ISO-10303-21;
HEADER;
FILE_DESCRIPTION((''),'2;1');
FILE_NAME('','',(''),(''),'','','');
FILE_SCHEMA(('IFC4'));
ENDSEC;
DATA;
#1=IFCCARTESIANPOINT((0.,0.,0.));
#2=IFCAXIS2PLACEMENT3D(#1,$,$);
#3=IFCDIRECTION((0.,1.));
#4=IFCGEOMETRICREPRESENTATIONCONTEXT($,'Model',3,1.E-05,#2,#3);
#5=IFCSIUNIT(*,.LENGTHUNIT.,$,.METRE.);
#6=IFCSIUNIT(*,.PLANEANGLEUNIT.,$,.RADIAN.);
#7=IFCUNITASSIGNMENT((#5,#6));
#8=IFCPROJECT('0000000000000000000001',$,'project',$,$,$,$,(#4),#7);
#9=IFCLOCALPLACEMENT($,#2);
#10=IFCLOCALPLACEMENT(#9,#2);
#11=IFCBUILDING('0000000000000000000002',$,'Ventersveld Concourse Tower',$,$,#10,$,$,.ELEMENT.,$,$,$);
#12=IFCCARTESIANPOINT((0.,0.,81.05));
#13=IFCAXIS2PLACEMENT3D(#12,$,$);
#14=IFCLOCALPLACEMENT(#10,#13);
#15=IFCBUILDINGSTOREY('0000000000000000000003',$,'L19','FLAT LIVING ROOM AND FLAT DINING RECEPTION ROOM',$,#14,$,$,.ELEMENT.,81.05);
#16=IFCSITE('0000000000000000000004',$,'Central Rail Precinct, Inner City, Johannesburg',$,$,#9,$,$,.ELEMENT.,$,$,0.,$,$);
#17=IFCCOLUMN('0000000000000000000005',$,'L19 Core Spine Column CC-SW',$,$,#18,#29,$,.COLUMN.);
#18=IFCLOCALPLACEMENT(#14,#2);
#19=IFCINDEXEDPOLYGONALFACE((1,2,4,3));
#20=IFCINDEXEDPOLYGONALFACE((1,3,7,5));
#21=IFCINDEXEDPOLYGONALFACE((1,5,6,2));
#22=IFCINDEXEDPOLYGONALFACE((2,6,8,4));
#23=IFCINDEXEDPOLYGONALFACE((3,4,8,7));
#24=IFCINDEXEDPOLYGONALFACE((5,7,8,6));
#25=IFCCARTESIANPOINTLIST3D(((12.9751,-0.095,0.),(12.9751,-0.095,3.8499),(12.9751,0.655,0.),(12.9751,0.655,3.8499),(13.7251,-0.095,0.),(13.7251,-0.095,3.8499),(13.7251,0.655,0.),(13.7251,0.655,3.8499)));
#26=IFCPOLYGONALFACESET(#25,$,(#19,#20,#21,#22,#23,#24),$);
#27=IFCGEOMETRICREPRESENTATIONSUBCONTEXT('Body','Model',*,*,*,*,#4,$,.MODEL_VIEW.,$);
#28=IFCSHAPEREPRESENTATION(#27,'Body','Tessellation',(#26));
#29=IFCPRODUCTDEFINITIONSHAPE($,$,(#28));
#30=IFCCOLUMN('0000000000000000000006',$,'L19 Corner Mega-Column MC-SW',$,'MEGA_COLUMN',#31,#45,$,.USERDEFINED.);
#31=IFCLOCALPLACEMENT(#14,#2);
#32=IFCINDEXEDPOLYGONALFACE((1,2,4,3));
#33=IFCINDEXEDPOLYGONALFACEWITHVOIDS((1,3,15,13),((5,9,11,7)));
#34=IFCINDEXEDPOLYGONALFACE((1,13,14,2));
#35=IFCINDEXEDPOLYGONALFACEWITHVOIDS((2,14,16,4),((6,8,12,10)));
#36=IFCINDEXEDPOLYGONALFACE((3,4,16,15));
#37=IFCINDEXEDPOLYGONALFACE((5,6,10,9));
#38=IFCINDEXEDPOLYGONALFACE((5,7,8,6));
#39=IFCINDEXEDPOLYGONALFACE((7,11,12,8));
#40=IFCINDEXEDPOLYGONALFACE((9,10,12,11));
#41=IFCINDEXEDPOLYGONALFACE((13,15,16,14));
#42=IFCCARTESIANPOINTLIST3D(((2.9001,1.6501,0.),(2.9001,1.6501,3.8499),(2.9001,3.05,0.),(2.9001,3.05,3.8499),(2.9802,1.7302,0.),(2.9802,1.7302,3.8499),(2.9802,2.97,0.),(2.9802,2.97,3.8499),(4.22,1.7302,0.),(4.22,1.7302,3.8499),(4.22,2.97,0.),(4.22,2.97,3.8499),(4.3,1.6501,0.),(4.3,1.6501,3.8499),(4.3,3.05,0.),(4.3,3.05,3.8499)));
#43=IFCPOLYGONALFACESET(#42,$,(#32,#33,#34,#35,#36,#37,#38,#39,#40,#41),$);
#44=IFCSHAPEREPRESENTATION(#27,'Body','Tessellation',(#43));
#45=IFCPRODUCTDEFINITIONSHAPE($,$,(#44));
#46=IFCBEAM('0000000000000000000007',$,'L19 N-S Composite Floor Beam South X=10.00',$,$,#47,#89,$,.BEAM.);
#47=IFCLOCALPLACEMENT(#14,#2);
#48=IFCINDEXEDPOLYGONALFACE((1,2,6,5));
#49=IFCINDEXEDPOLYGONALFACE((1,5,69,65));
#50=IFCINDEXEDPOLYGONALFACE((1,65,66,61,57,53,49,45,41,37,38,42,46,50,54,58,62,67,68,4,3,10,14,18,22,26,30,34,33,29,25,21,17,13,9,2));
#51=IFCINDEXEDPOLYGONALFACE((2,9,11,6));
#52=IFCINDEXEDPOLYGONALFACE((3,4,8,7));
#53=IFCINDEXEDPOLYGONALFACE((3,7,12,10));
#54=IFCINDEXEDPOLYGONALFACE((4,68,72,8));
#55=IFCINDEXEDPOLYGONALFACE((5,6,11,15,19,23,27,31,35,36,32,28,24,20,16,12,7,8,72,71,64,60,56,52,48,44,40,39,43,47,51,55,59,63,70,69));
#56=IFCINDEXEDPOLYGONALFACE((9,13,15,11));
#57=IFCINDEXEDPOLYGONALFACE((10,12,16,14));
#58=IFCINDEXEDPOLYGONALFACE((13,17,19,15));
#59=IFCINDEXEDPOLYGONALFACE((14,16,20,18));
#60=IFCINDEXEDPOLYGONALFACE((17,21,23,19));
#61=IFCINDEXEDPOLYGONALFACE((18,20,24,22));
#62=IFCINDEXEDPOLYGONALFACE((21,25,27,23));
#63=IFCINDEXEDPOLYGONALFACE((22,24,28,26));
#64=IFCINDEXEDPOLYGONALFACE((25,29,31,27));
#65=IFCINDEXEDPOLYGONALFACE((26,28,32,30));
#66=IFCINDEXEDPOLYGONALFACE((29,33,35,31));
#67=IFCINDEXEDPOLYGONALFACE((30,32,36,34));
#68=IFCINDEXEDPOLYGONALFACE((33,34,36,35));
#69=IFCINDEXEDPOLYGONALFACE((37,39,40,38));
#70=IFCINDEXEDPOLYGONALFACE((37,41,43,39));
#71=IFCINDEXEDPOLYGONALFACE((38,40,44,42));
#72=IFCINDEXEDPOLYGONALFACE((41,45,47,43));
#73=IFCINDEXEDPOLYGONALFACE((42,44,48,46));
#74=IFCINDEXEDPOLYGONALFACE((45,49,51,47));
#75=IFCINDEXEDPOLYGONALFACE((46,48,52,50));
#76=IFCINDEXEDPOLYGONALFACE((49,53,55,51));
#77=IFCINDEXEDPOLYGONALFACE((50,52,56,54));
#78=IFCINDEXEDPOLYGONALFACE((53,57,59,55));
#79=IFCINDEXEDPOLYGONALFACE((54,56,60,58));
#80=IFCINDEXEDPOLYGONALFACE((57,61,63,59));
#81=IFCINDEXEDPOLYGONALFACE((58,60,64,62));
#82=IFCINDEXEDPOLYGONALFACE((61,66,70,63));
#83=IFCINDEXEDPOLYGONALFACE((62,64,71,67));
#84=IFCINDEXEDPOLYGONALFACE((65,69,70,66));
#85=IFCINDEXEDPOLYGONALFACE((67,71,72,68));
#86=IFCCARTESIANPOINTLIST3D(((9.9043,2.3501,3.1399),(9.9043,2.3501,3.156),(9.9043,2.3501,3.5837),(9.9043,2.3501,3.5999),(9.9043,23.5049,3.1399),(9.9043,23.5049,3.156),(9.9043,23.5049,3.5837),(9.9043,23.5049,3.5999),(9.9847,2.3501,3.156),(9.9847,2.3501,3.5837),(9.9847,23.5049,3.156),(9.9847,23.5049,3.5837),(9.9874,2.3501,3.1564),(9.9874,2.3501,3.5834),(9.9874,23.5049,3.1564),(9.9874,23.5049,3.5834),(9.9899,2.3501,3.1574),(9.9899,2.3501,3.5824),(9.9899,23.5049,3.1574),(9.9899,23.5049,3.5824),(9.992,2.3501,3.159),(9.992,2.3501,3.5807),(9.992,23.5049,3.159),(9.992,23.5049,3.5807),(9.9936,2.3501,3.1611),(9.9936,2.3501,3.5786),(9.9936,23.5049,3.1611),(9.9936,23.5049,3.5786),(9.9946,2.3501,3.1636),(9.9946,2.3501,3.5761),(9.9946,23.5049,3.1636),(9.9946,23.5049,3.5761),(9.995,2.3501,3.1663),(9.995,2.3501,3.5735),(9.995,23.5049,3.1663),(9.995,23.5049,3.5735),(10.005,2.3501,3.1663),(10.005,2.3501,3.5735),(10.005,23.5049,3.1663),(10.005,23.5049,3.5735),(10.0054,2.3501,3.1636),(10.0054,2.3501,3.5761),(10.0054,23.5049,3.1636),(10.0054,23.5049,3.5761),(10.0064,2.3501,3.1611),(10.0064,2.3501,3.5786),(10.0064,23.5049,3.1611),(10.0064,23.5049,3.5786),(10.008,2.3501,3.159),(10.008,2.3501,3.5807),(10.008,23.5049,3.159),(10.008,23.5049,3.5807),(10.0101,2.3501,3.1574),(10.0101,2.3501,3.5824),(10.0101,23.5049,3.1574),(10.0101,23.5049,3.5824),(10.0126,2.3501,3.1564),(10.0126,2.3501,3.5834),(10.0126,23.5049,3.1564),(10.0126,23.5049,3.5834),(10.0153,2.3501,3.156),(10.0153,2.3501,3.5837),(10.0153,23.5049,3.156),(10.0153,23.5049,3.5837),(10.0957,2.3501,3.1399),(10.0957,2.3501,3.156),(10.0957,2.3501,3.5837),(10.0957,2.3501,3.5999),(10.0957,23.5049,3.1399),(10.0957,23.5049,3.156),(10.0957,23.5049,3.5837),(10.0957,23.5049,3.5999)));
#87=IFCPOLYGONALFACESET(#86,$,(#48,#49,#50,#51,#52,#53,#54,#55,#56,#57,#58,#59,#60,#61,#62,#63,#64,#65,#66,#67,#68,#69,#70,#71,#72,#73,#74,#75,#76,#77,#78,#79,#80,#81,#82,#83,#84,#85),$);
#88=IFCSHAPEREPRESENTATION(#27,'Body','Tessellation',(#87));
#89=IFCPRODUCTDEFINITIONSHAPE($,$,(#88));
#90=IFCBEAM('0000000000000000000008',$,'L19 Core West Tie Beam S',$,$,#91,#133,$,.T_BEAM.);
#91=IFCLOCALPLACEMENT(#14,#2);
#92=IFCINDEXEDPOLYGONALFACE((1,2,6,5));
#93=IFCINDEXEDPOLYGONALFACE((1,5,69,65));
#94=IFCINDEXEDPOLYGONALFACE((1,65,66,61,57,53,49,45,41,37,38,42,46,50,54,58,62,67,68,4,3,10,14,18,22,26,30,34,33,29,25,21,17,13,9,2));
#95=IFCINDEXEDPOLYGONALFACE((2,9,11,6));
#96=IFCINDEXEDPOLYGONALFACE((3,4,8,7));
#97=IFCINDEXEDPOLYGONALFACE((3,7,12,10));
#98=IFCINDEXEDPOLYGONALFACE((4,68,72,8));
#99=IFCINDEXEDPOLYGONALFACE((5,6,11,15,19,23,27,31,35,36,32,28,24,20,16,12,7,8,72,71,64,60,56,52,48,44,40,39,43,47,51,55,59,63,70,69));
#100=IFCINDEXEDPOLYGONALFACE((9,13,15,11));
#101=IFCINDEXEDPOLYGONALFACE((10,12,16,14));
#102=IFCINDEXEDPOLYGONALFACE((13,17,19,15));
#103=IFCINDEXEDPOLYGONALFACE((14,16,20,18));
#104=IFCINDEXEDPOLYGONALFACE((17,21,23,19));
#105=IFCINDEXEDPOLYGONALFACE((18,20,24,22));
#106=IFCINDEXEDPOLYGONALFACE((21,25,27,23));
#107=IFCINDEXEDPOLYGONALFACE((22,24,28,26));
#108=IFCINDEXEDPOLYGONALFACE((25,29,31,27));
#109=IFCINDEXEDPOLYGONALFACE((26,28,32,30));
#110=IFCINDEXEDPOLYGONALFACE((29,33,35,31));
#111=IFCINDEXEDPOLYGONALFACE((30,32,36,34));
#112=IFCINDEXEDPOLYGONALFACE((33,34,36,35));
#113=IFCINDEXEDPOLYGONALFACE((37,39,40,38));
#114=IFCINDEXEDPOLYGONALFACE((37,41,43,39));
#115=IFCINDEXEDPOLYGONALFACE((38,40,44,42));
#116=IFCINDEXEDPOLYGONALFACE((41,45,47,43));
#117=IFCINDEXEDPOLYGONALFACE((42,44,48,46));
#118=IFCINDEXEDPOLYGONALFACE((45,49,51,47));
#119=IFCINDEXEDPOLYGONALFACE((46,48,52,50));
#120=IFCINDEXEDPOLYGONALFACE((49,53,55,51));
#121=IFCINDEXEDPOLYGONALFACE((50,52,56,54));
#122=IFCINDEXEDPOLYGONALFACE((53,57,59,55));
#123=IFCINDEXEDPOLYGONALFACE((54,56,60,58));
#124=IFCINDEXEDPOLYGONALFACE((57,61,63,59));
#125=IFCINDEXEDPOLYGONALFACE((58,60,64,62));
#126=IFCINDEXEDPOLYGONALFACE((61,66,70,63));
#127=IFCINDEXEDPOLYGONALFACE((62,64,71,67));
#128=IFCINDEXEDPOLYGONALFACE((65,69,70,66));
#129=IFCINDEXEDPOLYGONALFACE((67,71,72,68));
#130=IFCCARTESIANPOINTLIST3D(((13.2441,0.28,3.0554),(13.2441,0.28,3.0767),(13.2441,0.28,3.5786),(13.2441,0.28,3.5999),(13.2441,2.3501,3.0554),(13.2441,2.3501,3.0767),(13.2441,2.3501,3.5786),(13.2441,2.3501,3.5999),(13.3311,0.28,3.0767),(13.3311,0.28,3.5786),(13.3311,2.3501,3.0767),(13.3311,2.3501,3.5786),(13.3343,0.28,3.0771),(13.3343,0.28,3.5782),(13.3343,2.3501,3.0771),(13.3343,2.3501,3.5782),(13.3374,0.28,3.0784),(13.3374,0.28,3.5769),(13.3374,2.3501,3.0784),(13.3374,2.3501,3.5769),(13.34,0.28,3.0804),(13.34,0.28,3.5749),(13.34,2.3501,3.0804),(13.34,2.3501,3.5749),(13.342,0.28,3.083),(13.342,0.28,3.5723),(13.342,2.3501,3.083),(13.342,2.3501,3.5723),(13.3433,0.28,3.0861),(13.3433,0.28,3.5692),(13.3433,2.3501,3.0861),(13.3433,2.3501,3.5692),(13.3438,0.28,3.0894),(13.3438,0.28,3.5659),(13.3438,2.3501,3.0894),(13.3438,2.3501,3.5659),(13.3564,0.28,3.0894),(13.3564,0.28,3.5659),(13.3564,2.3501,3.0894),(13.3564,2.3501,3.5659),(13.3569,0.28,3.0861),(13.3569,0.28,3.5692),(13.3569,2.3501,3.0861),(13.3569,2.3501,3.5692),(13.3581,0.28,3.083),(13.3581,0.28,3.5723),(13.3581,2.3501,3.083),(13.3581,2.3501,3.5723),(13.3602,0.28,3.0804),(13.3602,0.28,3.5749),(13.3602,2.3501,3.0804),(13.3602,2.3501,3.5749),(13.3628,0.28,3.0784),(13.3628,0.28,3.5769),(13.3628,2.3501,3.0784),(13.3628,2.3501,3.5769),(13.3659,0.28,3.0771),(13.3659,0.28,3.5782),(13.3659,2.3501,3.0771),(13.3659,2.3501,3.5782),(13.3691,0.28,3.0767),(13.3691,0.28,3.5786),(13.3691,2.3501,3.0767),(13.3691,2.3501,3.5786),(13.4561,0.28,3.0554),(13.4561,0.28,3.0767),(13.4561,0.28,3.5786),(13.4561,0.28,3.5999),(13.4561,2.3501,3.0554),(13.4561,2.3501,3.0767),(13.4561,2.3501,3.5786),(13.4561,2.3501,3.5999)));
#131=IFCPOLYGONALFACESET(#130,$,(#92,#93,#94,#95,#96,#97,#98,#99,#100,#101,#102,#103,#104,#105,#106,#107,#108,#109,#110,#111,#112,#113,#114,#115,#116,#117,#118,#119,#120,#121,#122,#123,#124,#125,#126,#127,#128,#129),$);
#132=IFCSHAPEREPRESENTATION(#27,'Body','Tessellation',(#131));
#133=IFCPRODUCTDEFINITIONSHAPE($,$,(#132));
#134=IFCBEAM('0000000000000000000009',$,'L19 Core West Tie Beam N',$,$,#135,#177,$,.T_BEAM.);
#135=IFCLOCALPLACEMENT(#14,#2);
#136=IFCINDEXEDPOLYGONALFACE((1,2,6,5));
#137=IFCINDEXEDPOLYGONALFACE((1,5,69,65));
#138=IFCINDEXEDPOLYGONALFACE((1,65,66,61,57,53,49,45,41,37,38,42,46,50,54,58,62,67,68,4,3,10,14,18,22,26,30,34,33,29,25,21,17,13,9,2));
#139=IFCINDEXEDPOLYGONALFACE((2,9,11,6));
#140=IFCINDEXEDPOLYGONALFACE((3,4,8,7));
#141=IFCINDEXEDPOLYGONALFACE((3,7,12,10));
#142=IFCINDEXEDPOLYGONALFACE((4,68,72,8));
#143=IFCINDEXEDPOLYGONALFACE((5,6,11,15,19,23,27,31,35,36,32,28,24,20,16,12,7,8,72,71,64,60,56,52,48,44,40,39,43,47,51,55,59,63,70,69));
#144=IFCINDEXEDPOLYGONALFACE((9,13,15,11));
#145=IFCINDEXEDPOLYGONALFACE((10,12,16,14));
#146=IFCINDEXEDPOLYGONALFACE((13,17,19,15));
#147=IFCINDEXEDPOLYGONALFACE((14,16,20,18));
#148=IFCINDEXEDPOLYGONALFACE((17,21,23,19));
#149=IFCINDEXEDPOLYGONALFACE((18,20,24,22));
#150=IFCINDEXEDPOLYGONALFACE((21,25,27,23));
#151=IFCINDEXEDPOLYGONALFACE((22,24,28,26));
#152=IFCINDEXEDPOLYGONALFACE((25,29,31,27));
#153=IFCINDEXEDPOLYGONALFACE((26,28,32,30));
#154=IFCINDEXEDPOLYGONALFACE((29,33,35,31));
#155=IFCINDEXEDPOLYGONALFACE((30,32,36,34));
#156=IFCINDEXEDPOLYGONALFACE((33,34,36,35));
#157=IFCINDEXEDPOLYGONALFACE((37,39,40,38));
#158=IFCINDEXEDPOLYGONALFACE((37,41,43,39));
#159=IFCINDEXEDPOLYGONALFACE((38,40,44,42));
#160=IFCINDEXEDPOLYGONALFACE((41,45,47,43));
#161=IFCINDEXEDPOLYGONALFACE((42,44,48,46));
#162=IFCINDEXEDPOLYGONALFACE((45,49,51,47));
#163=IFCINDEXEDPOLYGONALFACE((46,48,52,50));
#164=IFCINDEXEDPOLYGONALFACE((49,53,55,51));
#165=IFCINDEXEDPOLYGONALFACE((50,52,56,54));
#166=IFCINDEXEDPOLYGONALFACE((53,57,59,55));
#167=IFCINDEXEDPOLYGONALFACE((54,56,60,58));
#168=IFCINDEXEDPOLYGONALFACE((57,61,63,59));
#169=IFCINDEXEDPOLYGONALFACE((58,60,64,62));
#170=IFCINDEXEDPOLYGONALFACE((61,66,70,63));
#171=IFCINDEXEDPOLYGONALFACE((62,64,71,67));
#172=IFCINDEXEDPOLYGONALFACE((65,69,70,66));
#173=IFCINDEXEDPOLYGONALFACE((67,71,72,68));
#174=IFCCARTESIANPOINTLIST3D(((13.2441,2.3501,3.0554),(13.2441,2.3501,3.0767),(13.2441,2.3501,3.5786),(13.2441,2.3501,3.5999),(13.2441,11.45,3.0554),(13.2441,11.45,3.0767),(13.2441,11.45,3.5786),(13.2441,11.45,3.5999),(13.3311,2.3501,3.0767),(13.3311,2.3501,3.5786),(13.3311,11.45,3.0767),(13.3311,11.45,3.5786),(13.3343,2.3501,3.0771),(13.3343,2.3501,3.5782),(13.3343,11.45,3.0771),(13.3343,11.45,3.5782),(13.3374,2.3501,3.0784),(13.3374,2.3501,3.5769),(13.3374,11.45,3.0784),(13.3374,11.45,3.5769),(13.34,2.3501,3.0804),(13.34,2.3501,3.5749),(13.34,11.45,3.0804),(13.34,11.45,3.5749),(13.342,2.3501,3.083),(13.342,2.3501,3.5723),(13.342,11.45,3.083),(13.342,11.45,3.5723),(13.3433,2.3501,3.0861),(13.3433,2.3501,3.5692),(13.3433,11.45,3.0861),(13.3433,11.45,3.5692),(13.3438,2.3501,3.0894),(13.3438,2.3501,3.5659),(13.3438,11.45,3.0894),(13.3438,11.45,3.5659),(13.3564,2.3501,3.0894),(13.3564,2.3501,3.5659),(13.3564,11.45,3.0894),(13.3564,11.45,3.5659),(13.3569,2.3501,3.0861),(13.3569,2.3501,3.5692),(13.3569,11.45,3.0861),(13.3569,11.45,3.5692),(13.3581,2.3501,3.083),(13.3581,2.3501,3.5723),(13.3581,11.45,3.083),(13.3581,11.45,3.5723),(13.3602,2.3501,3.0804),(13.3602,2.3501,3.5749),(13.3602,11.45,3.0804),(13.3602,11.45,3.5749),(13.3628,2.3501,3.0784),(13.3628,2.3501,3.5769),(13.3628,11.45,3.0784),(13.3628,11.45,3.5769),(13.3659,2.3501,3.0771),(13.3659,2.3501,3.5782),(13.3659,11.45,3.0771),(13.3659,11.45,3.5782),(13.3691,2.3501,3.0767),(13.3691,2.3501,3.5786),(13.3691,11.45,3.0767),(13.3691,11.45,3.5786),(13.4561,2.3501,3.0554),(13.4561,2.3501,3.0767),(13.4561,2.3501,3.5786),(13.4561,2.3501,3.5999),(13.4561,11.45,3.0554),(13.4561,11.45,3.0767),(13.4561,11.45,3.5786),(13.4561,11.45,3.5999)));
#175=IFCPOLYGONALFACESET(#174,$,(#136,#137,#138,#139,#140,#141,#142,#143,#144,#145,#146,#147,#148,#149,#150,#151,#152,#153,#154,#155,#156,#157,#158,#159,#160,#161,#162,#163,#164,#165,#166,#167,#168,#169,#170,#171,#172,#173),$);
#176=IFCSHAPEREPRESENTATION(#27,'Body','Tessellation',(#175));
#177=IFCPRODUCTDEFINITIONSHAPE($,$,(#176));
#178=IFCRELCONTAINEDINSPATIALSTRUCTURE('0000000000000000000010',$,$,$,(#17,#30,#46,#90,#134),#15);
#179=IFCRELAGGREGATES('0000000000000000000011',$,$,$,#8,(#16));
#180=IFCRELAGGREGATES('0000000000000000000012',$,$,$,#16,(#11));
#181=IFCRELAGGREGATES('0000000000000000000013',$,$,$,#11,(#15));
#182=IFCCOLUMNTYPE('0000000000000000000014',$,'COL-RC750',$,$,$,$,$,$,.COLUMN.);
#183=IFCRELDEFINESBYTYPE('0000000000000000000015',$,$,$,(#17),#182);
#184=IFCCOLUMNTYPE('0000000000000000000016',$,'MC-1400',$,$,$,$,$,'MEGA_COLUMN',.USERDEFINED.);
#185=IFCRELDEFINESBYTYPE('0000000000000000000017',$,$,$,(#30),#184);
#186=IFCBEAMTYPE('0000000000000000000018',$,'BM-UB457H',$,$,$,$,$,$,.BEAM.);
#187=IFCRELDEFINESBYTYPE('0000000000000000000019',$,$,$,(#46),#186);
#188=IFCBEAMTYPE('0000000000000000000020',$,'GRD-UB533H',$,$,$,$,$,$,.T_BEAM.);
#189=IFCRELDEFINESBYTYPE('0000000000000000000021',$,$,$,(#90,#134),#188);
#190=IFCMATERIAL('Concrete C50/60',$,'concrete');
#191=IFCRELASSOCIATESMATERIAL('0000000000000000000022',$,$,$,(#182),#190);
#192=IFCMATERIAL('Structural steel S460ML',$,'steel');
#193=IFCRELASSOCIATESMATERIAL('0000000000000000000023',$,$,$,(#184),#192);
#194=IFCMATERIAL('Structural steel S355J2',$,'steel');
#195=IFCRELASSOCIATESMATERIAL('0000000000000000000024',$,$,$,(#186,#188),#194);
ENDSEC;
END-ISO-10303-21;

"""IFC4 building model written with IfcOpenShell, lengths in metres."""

from ifc_helpers import new_model, si_unit, direction, frame, origin, origin_2d, place, context, subcontext, project, spatial, rectangle, hollow_rectangle, i_section, extrude, material, material_profile, profile_set, type_object, element, save


model = new_model("IFC4")

# Units and contexts
model_context = context("Model", 3, precision=1e-05, world=origin(), true_north=direction((0.0, 1.0)))
body_context = subcontext(model_context, "Body", "Model", "MODEL_VIEW")
ifc_project = project(units=[si_unit("LENGTHUNIT", "METRE"), si_unit("PLANEANGLEUNIT", "RADIAN")], contexts=[model_context])

# Site, building, storey
site_placement = place(None, origin())
site = spatial("IfcSite", under=ifc_project, at=site_placement, Name="Central Rail Precinct, Inner City, Johannesburg", CompositionType="ELEMENT", RefElevation=0.0)
building_placement = place(site_placement, origin())
building = spatial("IfcBuilding", under=site, at=building_placement, Name="Ventersveld Concourse Tower", CompositionType="ELEMENT")
storey_placement = place(building_placement, frame((0.0, 0.0, 81.05)))
storey = spatial("IfcBuildingStorey", under=building, at=storey_placement, Name="L19", Description="FLAT LIVING ROOM AND FLAT DINING RECEPTION ROOM", CompositionType="ELEMENT", Elevation=81.05)

# Columns
ifc_material_1 = material(Name="Concrete C50/60", Category="concrete")
ifc_material_profile_1 = material_profile(ifc_material_1, rectangle(XDim=0.75, YDim=0.75, at=origin_2d()), Name="RC 750x750")
ifc_profile_set_1 = profile_set([ifc_material_profile_1], Name="Concrete C50/60")
column_type_1 = type_object("IfcColumnType", Name="COL-RC750", PredefinedType="COLUMN", material=ifc_profile_set_1)
column_1_placement = place(storey_placement, frame((13.3501, 0.28, 0.0), z_axis=(0.0, 0.0, 1.0), x_axis=(1.0, 0.0, 0.0)))
element("IfcColumn", 1, at=column_1_placement, inside=storey, type_object=column_type_1, Name="L19 Core Spine Column CC-SW", PredefinedType="COLUMN", context=body_context, shape_type="SweptSolid", body=[
    extrude(rectangle(XDim=0.75, YDim=0.75, at=origin_2d()), origin(), (0.0, 0.0, 1.0), 3.8499),
])
ifc_material_2 = material(Name="Structural steel S460ML", Category="steel")
ifc_material_profile_2 = material_profile(ifc_material_2, hollow_rectangle(XDim=1.3999, YDim=1.3999, WallThickness=0.0801, at=origin_2d()), Name="BOX 1400x1400x80")
ifc_profile_set_2 = profile_set([ifc_material_profile_2], Name="Structural steel S460ML")
column_type_2 = type_object("IfcColumnType", Name="MC-1400", ElementType="MEGA_COLUMN", PredefinedType="USERDEFINED", material=ifc_profile_set_2)
column_2_placement = place(storey_placement, frame((3.6001, 2.3501, 0.0), z_axis=(0.0, 0.0, 1.0), x_axis=(1.0, 0.0, 0.0)))
element("IfcColumn", 2, at=column_2_placement, inside=storey, type_object=column_type_2, Name="L19 Corner Mega-Column MC-SW", ObjectType="MEGA_COLUMN", PredefinedType="USERDEFINED", context=body_context, shape_type="SweptSolid", body=[
    extrude(hollow_rectangle(XDim=1.3999, YDim=1.3999, WallThickness=0.0801, at=origin_2d()), origin(), (0.0, 0.0, 1.0), 3.8499),
])

# Beams
ifc_material_3 = material(Name="Structural steel S355J2", Category="steel")
ifc_material_profile_3 = material_profile(ifc_material_3, i_section(OverallWidth=0.1914, OverallDepth=0.46, WebThickness=0.01, FlangeThickness=0.0161, FilletRadius=0.0103, at=origin_2d()), Name="UB 457x191x82")
ifc_profile_set_3 = profile_set([ifc_material_profile_3], Name="Structural steel S355J2")
beam_type_1 = type_object("IfcBeamType", Name="BM-UB457H", PredefinedType="BEAM", material=ifc_profile_set_3)
beam_1_placement = place(storey_placement, frame((10.0, 2.3501, 3.3699), z_axis=(0.0, 1.0, 0.0), x_axis=(-1.0, 0.0, 0.0)))
element("IfcBeam", 3, at=beam_1_placement, inside=storey, type_object=beam_type_1, Name="L19 N-S Composite Floor Beam South X=10.00", PredefinedType="BEAM", context=body_context, shape_type="SweptSolid", body=[
    extrude(i_section(OverallWidth=0.1914, OverallDepth=0.46, WebThickness=0.01, FlangeThickness=0.0161, FilletRadius=0.0103, at=origin_2d()), origin(), (0.0, 0.0, 1.0), 21.1548),
])
ifc_material_profile_4 = material_profile(ifc_material_3, i_section(OverallWidth=0.2119, OverallDepth=0.5444, WebThickness=0.0127, FlangeThickness=0.0212, FilletRadius=0.0127, at=origin_2d()), Name="UB 533x210x122")
ifc_profile_set_4 = profile_set([ifc_material_profile_4], Name="Structural steel S355J2")
beam_type_2 = type_object("IfcBeamType", Name="GRD-UB533H", PredefinedType="T_BEAM", material=ifc_profile_set_4)
beam_2_placement = place(storey_placement, frame((13.3501, 0.28, 3.3276), z_axis=(0.0, 1.0, 0.0), x_axis=(-1.0, 0.0, 0.0)))
element("IfcBeam", 4, at=beam_2_placement, inside=storey, type_object=beam_type_2, Name="L19 Core West Tie Beam S", PredefinedType="T_BEAM", context=body_context, shape_type="SweptSolid", body=[
    extrude(i_section(OverallWidth=0.2119, OverallDepth=0.5444, WebThickness=0.0127, FlangeThickness=0.0212, FilletRadius=0.0127, at=origin_2d()), origin(), (0.0, 0.0, 1.0), 2.0701),
])
beam_3_placement = place(storey_placement, frame((13.3501, 2.3501, 3.3276), z_axis=(0.0, 1.0, 0.0), x_axis=(-1.0, 0.0, 0.0)))
element("IfcBeam", 5, at=beam_3_placement, inside=storey, type_object=beam_type_2, Name="L19 Core West Tie Beam N", PredefinedType="T_BEAM", context=body_context, shape_type="SweptSolid", body=[
    extrude(i_section(OverallWidth=0.2119, OverallDepth=0.5444, WebThickness=0.0127, FlangeThickness=0.0212, FilletRadius=0.0127, at=origin_2d()), origin(), (0.0, 0.0, 1.0), 9.0999),
])

save(model, "model.ifc")
